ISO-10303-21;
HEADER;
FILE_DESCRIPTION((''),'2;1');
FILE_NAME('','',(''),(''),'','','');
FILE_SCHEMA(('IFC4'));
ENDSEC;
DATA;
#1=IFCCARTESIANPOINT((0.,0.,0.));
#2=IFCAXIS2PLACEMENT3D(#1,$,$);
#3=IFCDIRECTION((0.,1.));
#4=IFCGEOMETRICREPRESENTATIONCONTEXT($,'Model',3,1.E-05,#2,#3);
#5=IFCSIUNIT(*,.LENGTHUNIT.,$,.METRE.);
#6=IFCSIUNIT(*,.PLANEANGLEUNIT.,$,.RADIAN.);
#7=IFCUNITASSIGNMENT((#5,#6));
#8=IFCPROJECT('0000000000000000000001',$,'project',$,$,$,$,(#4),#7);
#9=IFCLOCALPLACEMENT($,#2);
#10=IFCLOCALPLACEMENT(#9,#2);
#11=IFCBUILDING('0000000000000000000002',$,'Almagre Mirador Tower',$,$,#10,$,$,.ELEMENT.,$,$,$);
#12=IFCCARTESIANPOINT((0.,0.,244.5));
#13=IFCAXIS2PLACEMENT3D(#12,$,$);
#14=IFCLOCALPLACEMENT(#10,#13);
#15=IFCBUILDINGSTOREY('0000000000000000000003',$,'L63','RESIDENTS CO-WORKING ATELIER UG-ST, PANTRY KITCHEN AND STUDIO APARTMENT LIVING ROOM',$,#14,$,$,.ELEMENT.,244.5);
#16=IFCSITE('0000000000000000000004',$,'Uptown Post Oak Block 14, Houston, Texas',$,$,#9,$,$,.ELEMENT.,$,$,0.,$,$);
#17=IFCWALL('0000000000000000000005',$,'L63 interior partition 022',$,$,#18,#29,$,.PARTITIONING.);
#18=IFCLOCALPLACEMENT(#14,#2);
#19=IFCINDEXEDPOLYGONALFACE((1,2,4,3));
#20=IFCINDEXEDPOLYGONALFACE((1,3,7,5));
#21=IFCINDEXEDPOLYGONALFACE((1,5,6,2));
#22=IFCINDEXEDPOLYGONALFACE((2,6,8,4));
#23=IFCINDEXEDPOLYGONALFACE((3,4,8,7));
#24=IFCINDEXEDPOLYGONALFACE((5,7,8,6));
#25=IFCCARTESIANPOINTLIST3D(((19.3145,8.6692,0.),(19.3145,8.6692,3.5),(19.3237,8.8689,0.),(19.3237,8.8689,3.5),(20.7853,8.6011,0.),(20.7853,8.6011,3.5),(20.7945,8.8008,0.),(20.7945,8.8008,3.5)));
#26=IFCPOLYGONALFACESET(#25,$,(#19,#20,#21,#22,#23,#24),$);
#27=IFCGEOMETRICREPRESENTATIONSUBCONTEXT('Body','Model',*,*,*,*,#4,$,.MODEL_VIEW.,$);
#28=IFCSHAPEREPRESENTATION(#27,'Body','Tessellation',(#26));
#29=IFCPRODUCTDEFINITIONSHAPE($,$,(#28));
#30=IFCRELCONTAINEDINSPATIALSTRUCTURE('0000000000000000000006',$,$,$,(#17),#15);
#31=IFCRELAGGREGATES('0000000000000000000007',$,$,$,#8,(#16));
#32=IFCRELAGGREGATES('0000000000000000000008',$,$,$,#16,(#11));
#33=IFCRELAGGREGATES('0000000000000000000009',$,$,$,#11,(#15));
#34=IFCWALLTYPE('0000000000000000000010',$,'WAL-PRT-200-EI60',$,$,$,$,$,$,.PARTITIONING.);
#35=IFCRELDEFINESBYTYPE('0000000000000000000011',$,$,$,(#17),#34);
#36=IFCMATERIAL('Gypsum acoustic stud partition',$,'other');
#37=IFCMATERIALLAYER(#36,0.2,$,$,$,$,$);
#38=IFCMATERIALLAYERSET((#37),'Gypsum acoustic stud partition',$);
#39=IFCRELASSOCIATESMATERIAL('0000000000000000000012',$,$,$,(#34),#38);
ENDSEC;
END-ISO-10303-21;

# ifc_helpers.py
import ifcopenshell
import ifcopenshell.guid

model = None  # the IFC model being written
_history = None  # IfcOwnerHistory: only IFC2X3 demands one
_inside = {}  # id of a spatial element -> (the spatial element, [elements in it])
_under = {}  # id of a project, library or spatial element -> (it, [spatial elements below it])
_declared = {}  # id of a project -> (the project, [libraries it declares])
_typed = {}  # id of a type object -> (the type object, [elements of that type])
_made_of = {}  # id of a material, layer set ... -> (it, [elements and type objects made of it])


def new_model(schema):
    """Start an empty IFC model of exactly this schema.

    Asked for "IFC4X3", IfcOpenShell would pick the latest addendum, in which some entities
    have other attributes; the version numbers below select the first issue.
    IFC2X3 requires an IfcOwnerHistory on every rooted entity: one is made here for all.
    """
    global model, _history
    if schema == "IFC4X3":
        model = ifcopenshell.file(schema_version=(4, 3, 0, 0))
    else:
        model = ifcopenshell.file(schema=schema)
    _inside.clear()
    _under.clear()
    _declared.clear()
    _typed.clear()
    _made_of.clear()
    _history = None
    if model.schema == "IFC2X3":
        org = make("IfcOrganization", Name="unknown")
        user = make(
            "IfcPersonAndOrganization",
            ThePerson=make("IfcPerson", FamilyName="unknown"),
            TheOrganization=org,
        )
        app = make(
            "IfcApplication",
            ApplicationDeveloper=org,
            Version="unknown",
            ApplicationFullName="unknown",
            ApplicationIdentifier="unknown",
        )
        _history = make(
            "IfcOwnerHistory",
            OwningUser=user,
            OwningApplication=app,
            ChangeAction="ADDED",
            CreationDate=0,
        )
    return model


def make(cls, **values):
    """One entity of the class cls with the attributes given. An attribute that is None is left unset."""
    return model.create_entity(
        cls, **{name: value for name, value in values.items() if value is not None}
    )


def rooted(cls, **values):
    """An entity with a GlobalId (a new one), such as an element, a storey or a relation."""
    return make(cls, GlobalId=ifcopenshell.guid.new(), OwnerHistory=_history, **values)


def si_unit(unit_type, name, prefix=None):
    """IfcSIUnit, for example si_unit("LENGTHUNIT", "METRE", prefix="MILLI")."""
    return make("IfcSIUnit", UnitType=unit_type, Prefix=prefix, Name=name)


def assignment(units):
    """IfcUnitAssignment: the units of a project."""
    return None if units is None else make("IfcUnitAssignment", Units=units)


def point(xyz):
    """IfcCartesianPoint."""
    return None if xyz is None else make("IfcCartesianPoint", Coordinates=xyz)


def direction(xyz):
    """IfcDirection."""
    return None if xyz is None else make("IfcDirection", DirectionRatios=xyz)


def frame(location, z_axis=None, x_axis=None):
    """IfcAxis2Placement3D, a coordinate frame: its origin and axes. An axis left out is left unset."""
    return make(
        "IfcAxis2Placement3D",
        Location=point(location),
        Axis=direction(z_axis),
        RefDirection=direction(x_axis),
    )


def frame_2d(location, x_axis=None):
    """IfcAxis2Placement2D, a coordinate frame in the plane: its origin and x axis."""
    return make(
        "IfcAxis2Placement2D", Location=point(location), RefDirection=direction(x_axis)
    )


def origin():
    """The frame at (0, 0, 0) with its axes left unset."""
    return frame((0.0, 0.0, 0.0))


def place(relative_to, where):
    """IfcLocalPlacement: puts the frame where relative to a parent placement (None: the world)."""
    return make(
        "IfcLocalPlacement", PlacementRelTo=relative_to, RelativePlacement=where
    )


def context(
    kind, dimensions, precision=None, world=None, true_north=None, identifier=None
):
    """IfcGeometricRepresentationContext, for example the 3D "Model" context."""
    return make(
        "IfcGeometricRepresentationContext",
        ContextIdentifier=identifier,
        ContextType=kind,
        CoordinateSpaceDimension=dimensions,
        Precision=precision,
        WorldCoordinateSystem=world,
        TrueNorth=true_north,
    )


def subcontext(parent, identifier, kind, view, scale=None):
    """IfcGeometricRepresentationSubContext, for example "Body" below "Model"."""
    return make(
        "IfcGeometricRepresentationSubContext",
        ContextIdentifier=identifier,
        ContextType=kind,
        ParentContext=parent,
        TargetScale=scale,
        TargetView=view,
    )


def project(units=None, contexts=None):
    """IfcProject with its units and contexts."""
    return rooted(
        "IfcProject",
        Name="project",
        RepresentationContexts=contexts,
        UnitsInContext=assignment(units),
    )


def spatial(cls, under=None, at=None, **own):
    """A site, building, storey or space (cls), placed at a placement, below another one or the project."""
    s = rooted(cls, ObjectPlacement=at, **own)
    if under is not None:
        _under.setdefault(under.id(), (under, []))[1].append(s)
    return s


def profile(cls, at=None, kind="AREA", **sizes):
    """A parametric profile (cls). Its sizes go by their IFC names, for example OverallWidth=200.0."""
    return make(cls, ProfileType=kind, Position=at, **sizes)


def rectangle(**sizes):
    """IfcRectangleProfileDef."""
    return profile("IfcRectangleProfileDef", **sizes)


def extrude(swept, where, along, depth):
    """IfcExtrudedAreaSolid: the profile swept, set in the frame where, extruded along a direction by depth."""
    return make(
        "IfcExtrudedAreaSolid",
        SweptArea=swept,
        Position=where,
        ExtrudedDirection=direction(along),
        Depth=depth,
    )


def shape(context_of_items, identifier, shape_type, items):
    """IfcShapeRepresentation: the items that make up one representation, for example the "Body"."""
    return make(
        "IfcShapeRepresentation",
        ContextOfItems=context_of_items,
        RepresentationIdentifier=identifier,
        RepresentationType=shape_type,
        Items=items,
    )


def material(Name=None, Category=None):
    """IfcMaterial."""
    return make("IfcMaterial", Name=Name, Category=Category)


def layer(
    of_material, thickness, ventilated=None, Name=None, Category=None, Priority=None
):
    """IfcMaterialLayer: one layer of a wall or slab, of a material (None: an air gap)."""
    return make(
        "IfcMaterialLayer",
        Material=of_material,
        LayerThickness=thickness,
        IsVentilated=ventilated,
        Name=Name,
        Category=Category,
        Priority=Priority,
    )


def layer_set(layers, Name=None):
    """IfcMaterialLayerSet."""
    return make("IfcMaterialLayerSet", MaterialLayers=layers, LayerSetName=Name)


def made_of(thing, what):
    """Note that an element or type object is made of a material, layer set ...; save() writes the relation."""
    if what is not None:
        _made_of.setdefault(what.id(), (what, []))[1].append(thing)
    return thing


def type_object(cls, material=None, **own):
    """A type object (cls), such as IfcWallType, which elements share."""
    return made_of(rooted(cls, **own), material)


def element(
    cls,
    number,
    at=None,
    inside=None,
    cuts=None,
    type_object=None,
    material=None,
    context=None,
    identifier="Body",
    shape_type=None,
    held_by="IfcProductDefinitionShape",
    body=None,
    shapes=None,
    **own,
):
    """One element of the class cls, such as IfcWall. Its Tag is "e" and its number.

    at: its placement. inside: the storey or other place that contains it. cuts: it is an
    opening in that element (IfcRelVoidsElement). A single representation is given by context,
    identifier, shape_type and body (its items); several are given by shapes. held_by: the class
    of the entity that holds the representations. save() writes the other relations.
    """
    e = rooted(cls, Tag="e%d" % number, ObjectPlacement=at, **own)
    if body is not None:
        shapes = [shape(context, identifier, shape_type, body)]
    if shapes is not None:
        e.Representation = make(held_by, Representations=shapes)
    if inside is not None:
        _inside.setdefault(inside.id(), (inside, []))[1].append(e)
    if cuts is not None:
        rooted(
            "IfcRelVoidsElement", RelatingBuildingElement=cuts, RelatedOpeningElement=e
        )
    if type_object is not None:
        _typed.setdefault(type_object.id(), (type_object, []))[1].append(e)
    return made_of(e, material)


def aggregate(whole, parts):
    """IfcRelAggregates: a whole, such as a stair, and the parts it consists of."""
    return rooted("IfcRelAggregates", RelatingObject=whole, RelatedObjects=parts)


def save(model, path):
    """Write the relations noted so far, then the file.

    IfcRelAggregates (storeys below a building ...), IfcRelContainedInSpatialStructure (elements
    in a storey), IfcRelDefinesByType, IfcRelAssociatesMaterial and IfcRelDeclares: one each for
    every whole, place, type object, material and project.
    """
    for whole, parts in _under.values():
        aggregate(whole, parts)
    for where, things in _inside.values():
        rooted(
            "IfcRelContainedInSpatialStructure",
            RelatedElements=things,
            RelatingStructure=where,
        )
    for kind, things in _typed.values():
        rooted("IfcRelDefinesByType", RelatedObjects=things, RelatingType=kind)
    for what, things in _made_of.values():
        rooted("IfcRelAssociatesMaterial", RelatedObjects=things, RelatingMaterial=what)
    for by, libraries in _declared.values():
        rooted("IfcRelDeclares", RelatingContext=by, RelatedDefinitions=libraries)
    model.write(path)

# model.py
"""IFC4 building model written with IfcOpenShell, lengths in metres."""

from ifc_helpers import new_model, si_unit, direction, frame, frame_2d, origin, place, context, subcontext, project, spatial, rectangle, extrude, material, layer, layer_set, type_object, element, save


model = new_model("IFC4")

# Units and contexts
model_context = context("Model", 3, precision=1e-05, world=origin(), true_north=direction((0.0, 1.0)))
body_context = subcontext(model_context, "Body", "Model", "MODEL_VIEW")
ifc_project = project(units=[si_unit("LENGTHUNIT", "METRE"), si_unit("PLANEANGLEUNIT", "RADIAN")], contexts=[model_context])

# Site, building, storey
site_placement = place(None, origin())
site = spatial("IfcSite", under=ifc_project, at=site_placement, Name="Uptown Post Oak Block 14, Houston, Texas", CompositionType="ELEMENT", RefElevation=0.0)
building_placement = place(site_placement, origin())
building = spatial("IfcBuilding", under=site, at=building_placement, Name="Almagre Mirador Tower", CompositionType="ELEMENT")
storey_placement = place(building_placement, frame((0.0, 0.0, 244.5)))
storey = spatial("IfcBuildingStorey", under=building, at=storey_placement, Name="L63", Description="RESIDENTS CO-WORKING ATELIER UG-ST, PANTRY KITCHEN AND STUDIO APARTMENT LIVING ROOM", CompositionType="ELEMENT", Elevation=244.5)

# Wall
ifc_material_1 = material(Name="Gypsum acoustic stud partition", Category="other")
ifc_layer_1 = layer(ifc_material_1, 0.2)
ifc_layer_set_1 = layer_set([ifc_layer_1], Name="Gypsum acoustic stud partition")
wall_type_1 = type_object("IfcWallType", Name="WAL-PRT-200-EI60", PredefinedType="PARTITIONING", material=ifc_layer_set_1)
wall_1_placement = place(storey_placement, frame((20.79, 8.7009, 0.0), z_axis=(0.0, 0.0, 1.0), x_axis=(-0.99893, 0.046257, 0.0)))
element("IfcWall", 1, at=wall_1_placement, inside=storey, type_object=wall_type_1, Name="L63 interior partition 022", PredefinedType="PARTITIONING", context=body_context, shape_type="SweptSolid", body=[
    extrude(rectangle(XDim=1.4724, YDim=0.2, at=frame_2d((0.7363, 0.0))), origin(), (0.0, 0.0, 1.0), 3.5),
])

save(model, "model.ifc")
